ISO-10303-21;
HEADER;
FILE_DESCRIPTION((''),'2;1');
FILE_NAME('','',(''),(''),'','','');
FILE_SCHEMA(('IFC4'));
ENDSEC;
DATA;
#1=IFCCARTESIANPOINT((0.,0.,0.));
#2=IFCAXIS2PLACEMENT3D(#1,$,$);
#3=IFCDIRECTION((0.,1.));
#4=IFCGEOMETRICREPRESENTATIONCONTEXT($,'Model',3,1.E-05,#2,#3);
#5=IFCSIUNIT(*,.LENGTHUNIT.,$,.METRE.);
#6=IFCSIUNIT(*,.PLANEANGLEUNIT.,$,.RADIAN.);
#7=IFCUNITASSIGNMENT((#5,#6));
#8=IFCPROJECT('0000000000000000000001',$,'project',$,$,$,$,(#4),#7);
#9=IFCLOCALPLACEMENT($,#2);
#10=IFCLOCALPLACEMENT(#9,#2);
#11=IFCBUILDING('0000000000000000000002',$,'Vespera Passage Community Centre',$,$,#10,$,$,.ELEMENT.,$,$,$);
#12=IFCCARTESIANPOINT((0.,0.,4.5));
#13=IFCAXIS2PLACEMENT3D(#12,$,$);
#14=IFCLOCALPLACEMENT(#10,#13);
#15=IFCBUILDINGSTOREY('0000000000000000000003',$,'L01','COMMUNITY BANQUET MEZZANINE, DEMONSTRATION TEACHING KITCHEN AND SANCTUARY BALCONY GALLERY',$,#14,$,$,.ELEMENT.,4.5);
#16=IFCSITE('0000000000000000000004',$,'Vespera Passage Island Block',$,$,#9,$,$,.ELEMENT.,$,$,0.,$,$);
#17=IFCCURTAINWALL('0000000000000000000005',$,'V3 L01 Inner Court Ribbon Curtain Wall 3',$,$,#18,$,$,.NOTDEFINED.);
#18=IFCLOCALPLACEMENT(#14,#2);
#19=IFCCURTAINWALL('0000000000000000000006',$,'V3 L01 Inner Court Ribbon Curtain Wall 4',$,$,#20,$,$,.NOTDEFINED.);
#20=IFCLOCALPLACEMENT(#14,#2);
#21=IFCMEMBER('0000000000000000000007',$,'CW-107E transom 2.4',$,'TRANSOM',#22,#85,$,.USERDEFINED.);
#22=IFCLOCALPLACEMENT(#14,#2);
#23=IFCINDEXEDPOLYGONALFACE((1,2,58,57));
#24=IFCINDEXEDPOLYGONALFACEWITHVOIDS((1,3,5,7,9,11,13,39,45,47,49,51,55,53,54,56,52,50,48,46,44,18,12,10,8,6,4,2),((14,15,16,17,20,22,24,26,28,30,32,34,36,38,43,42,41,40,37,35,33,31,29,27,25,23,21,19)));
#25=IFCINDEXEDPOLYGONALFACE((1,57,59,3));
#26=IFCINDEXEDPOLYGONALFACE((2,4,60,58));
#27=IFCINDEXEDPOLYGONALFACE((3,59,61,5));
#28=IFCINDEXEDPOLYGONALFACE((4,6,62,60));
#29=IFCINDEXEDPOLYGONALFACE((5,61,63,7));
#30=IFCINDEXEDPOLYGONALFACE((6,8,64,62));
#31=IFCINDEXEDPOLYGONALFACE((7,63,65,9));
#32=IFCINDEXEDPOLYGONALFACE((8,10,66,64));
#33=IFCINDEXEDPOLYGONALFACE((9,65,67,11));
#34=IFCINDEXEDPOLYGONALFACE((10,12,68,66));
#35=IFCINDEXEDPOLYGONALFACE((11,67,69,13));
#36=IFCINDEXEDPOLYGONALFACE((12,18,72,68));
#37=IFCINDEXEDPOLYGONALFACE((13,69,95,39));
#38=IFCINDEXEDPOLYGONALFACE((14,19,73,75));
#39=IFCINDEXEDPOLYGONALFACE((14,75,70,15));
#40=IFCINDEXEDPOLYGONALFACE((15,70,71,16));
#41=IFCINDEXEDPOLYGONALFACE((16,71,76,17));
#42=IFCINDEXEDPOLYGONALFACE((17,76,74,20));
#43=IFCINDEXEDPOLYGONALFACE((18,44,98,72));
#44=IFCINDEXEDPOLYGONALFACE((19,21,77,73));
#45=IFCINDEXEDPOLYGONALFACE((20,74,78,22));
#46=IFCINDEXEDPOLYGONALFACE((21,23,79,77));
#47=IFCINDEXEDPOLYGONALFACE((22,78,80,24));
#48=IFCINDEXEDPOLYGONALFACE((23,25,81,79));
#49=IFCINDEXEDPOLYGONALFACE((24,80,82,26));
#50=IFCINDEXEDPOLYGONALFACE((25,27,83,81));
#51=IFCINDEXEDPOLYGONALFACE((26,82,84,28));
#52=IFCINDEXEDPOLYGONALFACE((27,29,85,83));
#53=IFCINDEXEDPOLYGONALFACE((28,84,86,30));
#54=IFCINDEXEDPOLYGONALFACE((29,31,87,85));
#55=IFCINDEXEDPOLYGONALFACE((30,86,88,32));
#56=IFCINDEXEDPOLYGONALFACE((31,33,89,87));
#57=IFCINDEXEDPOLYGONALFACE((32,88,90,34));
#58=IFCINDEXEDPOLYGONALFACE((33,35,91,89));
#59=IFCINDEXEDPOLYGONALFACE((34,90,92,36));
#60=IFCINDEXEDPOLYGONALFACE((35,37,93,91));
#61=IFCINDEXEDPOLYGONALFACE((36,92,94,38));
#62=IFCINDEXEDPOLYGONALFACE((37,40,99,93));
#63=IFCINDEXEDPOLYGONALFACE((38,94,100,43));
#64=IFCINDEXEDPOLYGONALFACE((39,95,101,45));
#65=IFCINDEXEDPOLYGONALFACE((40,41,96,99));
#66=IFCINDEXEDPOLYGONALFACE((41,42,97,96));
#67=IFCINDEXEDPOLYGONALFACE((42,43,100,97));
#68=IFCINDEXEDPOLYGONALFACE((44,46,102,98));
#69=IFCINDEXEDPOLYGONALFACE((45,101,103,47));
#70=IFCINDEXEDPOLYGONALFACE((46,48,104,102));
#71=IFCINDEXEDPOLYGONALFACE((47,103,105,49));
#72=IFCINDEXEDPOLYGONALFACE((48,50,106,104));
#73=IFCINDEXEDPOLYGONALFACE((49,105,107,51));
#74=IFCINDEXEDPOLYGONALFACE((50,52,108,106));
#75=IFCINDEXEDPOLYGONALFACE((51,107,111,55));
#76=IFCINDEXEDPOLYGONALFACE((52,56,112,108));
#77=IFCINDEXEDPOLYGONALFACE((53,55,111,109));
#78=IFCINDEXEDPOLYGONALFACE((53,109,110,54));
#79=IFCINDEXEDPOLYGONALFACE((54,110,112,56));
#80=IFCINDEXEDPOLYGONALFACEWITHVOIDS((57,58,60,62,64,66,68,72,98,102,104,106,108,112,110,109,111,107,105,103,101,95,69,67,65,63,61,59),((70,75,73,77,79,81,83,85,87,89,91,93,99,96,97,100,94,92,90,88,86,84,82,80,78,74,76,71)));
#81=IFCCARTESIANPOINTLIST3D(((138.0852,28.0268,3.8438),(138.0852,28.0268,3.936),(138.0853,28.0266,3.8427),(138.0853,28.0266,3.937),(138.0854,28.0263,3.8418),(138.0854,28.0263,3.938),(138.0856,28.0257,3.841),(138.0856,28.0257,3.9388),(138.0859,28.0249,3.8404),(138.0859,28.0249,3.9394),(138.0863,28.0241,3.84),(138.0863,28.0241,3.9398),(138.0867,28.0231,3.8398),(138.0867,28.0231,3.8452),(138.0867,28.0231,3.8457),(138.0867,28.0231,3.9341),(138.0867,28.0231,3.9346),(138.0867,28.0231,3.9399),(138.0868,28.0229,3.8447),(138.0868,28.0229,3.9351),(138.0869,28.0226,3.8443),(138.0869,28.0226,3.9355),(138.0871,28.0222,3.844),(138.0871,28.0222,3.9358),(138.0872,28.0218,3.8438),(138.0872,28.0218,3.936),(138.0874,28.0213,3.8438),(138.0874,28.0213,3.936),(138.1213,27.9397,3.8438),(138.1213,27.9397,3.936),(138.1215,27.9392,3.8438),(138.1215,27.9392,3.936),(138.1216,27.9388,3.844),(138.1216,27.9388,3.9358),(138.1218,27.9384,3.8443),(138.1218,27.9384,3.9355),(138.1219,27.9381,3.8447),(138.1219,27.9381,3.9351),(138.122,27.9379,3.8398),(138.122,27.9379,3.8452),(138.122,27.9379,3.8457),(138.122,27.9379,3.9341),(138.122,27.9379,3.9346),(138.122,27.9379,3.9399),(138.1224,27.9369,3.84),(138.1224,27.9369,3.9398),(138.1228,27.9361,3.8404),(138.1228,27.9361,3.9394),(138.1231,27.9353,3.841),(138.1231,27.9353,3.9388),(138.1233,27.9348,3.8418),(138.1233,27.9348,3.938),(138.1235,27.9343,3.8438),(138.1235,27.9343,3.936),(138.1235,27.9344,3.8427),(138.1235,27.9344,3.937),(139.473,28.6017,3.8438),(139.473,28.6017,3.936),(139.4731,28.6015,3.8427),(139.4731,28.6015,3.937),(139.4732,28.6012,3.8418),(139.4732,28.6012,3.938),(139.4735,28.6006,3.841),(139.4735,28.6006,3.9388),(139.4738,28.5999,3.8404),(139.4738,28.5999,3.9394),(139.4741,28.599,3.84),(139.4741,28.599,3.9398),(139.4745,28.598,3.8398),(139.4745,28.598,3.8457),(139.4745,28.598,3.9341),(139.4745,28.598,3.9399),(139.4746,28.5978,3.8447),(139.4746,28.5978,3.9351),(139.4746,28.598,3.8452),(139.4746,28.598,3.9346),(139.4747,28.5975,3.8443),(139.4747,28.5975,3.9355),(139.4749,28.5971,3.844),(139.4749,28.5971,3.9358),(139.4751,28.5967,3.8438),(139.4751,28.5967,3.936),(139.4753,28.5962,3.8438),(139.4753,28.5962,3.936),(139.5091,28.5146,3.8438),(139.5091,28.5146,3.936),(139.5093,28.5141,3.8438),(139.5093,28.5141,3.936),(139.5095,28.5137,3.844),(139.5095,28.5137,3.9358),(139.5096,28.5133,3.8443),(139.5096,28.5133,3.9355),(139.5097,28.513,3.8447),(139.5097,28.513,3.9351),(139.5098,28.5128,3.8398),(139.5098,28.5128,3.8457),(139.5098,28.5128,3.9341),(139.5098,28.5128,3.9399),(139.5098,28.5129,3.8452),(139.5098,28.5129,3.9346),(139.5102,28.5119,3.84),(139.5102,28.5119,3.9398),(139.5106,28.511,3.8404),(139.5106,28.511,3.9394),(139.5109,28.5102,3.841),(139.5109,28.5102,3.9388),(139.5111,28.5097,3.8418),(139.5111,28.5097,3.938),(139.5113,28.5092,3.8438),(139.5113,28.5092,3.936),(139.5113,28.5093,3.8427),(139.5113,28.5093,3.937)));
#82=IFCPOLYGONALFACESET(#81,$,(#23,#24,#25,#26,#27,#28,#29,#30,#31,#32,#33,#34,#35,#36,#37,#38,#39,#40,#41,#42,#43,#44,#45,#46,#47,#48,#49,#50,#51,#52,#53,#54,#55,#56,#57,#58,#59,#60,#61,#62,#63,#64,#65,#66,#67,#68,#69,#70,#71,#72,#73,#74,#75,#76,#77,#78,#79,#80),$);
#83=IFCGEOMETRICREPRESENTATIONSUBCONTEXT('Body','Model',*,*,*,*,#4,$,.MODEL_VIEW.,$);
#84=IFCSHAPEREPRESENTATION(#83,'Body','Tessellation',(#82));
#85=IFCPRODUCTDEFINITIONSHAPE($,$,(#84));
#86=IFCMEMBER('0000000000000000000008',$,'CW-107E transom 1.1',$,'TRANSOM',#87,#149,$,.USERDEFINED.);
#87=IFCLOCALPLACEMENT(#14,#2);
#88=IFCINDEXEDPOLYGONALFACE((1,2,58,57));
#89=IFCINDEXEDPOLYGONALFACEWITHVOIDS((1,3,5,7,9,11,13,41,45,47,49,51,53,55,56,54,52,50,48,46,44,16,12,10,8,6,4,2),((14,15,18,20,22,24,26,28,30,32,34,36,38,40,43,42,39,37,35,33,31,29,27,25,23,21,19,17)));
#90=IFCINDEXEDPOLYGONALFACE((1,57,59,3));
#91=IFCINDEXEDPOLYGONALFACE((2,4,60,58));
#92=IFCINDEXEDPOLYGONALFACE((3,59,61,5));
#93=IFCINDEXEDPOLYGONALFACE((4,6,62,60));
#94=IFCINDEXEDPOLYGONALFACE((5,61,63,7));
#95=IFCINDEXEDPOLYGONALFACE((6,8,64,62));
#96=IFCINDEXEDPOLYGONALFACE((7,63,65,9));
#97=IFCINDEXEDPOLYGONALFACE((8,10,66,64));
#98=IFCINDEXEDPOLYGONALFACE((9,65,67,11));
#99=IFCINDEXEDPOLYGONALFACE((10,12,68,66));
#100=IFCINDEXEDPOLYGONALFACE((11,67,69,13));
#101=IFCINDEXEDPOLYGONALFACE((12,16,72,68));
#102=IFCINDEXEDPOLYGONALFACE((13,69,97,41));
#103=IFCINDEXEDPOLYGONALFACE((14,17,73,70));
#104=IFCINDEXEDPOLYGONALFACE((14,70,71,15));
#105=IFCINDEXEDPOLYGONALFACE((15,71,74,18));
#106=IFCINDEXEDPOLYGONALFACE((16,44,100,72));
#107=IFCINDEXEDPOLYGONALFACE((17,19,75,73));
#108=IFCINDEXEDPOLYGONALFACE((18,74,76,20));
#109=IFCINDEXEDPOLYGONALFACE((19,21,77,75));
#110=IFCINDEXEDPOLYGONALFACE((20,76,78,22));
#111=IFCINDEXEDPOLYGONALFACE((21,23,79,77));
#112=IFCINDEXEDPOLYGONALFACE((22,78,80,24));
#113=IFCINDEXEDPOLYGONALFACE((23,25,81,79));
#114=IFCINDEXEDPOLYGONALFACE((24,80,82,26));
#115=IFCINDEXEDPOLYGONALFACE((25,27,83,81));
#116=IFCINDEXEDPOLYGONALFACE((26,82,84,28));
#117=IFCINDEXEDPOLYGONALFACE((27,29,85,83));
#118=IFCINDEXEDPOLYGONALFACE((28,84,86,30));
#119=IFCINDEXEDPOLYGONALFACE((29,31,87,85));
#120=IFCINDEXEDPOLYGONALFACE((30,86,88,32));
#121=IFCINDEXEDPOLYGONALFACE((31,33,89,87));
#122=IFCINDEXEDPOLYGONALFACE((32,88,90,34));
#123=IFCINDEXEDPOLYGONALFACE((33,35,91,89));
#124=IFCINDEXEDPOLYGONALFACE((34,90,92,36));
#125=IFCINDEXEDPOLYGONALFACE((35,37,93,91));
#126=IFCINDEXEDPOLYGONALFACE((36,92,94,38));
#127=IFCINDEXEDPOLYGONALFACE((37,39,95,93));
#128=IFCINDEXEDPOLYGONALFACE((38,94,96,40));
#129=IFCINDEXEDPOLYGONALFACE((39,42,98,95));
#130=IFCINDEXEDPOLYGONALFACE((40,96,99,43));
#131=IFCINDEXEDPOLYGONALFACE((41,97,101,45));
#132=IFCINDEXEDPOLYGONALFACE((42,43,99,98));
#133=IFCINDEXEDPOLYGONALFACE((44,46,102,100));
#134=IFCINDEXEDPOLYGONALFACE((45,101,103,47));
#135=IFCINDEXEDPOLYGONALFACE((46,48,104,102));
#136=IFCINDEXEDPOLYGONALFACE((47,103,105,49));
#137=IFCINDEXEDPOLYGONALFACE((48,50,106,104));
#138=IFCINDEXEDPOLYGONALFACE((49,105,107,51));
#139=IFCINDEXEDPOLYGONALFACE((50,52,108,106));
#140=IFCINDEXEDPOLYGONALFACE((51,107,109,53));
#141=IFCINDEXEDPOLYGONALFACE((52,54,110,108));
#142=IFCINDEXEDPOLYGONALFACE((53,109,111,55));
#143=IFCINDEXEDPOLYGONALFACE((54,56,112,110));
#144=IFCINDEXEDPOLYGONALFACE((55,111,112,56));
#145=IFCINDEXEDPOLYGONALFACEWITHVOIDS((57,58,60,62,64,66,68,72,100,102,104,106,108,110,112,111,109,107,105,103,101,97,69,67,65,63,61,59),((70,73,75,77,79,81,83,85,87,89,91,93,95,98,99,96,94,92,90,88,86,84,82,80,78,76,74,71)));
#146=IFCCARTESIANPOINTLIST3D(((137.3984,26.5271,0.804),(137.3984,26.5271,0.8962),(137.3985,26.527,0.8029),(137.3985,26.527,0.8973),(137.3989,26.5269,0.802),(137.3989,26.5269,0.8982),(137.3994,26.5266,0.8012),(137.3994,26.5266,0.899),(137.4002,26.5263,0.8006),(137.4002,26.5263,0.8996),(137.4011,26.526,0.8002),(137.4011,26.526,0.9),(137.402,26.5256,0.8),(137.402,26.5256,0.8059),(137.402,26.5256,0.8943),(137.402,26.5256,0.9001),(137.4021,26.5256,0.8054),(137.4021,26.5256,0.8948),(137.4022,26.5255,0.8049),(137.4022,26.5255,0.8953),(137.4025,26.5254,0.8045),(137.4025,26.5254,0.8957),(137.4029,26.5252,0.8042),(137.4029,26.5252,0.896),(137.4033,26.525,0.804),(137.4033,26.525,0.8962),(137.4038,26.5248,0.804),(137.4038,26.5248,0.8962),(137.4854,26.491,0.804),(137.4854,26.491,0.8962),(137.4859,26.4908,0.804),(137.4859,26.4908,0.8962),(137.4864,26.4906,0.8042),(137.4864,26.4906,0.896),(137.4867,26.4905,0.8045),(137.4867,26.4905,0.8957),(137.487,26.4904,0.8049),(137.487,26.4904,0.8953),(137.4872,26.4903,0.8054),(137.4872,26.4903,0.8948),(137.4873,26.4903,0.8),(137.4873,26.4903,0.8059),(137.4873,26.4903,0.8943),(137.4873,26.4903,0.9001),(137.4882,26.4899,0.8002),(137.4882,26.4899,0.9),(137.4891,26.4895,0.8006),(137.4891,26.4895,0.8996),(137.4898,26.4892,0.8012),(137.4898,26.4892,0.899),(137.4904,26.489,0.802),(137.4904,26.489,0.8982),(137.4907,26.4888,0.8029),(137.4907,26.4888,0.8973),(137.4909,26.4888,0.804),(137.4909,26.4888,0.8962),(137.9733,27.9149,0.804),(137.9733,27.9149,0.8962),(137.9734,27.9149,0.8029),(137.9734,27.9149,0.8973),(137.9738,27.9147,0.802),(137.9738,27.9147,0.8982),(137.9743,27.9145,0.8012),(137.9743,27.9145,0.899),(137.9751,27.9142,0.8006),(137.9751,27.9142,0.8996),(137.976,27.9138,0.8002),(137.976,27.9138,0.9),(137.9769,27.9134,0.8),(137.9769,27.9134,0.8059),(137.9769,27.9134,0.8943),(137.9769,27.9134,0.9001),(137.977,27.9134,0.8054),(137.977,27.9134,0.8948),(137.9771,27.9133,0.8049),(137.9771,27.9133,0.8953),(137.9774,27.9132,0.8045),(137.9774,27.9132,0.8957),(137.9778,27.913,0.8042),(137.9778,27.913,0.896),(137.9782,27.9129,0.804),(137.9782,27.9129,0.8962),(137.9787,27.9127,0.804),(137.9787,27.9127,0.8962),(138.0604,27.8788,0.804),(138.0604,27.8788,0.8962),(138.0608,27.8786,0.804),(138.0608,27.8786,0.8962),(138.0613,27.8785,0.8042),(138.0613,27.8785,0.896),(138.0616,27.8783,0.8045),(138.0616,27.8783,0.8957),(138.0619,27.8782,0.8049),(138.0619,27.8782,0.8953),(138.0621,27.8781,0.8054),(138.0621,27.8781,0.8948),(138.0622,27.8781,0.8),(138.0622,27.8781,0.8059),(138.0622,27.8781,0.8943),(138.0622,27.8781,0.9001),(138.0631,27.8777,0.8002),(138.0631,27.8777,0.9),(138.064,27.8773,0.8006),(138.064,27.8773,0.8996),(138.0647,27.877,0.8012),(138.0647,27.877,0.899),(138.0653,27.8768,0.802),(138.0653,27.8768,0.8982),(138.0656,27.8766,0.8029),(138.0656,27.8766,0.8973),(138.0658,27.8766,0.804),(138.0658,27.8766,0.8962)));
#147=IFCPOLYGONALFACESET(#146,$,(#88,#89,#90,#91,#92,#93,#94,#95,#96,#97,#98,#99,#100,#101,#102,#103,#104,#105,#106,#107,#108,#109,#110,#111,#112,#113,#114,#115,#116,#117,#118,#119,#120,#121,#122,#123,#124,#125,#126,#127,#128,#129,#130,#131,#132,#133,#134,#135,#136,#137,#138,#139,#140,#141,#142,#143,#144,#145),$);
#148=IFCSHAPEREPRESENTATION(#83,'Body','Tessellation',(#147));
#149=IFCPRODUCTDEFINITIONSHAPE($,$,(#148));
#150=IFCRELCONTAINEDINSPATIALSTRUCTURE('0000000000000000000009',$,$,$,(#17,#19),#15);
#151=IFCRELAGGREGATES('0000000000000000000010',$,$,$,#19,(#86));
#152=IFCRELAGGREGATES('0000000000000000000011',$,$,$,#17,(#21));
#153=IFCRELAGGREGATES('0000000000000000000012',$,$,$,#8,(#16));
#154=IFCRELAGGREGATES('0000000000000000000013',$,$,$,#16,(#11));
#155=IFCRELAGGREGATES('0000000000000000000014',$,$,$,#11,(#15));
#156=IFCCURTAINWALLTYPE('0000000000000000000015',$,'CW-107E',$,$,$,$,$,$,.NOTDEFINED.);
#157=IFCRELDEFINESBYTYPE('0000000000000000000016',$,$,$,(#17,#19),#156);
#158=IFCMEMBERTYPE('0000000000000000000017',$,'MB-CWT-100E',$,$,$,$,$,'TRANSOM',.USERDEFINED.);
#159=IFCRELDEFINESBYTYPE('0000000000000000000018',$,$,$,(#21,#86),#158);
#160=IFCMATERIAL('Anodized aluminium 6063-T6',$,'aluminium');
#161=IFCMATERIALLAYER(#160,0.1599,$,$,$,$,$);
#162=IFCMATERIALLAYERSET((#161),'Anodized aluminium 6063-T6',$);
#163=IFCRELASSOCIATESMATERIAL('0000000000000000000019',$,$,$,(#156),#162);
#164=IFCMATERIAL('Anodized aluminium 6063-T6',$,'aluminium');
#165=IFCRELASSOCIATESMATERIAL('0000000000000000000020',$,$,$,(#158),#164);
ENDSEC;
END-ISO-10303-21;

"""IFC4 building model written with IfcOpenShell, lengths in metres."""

from ifc_helpers import new_model, si_unit, direction, frame, origin, origin_2d, place, context, subcontext, project, spatial, hollow_rectangle, extrude, material, layer, layer_set, material_profile, profile_set, type_object, element, aggregate, save


model = new_model("IFC4")

# Units and contexts
model_context = context("Model", 3, precision=1e-05, world=origin(), true_north=direction((0.0, 1.0)))
body_context = subcontext(model_context, "Body", "Model", "MODEL_VIEW")
ifc_project = project(units=[si_unit("LENGTHUNIT", "METRE"), si_unit("PLANEANGLEUNIT", "RADIAN")], contexts=[model_context])

# Site, building, storey
site_placement = place(None, origin())
site = spatial("IfcSite", under=ifc_project, at=site_placement, Name="Vespera Passage Island Block", CompositionType="ELEMENT", RefElevation=0.0)
building_placement = place(site_placement, origin())
building = spatial("IfcBuilding", under=site, at=building_placement, Name="Vespera Passage Community Centre", CompositionType="ELEMENT")
storey_placement = place(building_placement, frame((0.0, 0.0, 4.5)))
storey = spatial("IfcBuildingStorey", under=building, at=storey_placement, Name="L01", Description="COMMUNITY BANQUET MEZZANINE, DEMONSTRATION TEACHING KITCHEN AND SANCTUARY BALCONY GALLERY", CompositionType="ELEMENT", Elevation=4.5)

# Curtain wall
ifc_material_1 = material(Name="Anodized aluminium 6063-T6", Category="aluminium")
ifc_layer_1 = layer(ifc_material_1, 0.1599)
ifc_layer_set_1 = layer_set([ifc_layer_1], Name="Anodized aluminium 6063-T6")
curtain_wall_type = type_object("IfcCurtainWallType", Name="CW-107E", PredefinedType="NOTDEFINED", material=ifc_layer_set_1)
curtain_wall_1_placement = place(storey_placement, origin())
curtain_wall_1 = element("IfcCurtainWall", 1, at=curtain_wall_1_placement, inside=storey, type_object=curtain_wall_type, Name="V3 L01 Inner Court Ribbon Curtain Wall 3", PredefinedType="NOTDEFINED")

# Curtain wall
curtain_wall_2_placement = place(storey_placement, origin())
curtain_wall_2 = element("IfcCurtainWall", 2, at=curtain_wall_2_placement, inside=storey, type_object=curtain_wall_type, Name="V3 L01 Inner Court Ribbon Curtain Wall 4", PredefinedType="NOTDEFINED")

# Members
ifc_material_2 = material(Name="Anodized aluminium 6063-T6", Category="aluminium")
ifc_material_profile_1 = material_profile(ifc_material_2, hollow_rectangle(XDim=0.1001, YDim=0.1001, WallThickness=0.0039, InnerFilletRadius=0.002, OuterFilletRadius=0.0039, at=origin_2d()), Name="ALU100X100X4")
ifc_profile_set_1 = profile_set([ifc_material_profile_1], Name="Anodized aluminium 6063-T6")
member_type_1 = type_object("IfcMemberType", Name="MB-CWT-100E", ElementType="TRANSOM", PredefinedType="USERDEFINED", material=ifc_profile_set_1)
member_1_placement = place(storey_placement, frame((139.4922, 28.5554, 3.8899), z_axis=(-0.923868, -0.382711, 0.0), x_axis=(0.382711, -0.923868, 0.0)))
member_1 = element("IfcMember", 3, at=member_1_placement, type_object=member_type_1, Name="CW-107E transom 2.4", ObjectType="TRANSOM", PredefinedType="USERDEFINED", context=body_context, shape_type="SweptSolid", body=[
    extrude(hollow_rectangle(XDim=0.1001, YDim=0.1001, WallThickness=0.0039, InnerFilletRadius=0.002, OuterFilletRadius=0.0039, at=origin_2d()), origin(), (0.0, 0.0, 1.0), 1.5022),
])
member_2_placement = place(storey_placement, frame((138.0195, 27.8958, 0.8501), z_axis=(-0.382711, -0.923868, 0.0), x_axis=(0.923868, -0.382711, 0.0)))
member_2 = element("IfcMember", 4, at=member_2_placement, type_object=member_type_1, Name="CW-107E transom 1.1", ObjectType="TRANSOM", PredefinedType="USERDEFINED", context=body_context, shape_type="SweptSolid", body=[
    extrude(hollow_rectangle(XDim=0.1001, YDim=0.1001, WallThickness=0.0039, InnerFilletRadius=0.002, OuterFilletRadius=0.0039, at=origin_2d()), origin(), (0.0, 0.0, 1.0), 1.5022),
])
aggregate(curtain_wall_2, [member_2])

aggregate(curtain_wall_1, [member_1])

save(model, "model.ifc")
